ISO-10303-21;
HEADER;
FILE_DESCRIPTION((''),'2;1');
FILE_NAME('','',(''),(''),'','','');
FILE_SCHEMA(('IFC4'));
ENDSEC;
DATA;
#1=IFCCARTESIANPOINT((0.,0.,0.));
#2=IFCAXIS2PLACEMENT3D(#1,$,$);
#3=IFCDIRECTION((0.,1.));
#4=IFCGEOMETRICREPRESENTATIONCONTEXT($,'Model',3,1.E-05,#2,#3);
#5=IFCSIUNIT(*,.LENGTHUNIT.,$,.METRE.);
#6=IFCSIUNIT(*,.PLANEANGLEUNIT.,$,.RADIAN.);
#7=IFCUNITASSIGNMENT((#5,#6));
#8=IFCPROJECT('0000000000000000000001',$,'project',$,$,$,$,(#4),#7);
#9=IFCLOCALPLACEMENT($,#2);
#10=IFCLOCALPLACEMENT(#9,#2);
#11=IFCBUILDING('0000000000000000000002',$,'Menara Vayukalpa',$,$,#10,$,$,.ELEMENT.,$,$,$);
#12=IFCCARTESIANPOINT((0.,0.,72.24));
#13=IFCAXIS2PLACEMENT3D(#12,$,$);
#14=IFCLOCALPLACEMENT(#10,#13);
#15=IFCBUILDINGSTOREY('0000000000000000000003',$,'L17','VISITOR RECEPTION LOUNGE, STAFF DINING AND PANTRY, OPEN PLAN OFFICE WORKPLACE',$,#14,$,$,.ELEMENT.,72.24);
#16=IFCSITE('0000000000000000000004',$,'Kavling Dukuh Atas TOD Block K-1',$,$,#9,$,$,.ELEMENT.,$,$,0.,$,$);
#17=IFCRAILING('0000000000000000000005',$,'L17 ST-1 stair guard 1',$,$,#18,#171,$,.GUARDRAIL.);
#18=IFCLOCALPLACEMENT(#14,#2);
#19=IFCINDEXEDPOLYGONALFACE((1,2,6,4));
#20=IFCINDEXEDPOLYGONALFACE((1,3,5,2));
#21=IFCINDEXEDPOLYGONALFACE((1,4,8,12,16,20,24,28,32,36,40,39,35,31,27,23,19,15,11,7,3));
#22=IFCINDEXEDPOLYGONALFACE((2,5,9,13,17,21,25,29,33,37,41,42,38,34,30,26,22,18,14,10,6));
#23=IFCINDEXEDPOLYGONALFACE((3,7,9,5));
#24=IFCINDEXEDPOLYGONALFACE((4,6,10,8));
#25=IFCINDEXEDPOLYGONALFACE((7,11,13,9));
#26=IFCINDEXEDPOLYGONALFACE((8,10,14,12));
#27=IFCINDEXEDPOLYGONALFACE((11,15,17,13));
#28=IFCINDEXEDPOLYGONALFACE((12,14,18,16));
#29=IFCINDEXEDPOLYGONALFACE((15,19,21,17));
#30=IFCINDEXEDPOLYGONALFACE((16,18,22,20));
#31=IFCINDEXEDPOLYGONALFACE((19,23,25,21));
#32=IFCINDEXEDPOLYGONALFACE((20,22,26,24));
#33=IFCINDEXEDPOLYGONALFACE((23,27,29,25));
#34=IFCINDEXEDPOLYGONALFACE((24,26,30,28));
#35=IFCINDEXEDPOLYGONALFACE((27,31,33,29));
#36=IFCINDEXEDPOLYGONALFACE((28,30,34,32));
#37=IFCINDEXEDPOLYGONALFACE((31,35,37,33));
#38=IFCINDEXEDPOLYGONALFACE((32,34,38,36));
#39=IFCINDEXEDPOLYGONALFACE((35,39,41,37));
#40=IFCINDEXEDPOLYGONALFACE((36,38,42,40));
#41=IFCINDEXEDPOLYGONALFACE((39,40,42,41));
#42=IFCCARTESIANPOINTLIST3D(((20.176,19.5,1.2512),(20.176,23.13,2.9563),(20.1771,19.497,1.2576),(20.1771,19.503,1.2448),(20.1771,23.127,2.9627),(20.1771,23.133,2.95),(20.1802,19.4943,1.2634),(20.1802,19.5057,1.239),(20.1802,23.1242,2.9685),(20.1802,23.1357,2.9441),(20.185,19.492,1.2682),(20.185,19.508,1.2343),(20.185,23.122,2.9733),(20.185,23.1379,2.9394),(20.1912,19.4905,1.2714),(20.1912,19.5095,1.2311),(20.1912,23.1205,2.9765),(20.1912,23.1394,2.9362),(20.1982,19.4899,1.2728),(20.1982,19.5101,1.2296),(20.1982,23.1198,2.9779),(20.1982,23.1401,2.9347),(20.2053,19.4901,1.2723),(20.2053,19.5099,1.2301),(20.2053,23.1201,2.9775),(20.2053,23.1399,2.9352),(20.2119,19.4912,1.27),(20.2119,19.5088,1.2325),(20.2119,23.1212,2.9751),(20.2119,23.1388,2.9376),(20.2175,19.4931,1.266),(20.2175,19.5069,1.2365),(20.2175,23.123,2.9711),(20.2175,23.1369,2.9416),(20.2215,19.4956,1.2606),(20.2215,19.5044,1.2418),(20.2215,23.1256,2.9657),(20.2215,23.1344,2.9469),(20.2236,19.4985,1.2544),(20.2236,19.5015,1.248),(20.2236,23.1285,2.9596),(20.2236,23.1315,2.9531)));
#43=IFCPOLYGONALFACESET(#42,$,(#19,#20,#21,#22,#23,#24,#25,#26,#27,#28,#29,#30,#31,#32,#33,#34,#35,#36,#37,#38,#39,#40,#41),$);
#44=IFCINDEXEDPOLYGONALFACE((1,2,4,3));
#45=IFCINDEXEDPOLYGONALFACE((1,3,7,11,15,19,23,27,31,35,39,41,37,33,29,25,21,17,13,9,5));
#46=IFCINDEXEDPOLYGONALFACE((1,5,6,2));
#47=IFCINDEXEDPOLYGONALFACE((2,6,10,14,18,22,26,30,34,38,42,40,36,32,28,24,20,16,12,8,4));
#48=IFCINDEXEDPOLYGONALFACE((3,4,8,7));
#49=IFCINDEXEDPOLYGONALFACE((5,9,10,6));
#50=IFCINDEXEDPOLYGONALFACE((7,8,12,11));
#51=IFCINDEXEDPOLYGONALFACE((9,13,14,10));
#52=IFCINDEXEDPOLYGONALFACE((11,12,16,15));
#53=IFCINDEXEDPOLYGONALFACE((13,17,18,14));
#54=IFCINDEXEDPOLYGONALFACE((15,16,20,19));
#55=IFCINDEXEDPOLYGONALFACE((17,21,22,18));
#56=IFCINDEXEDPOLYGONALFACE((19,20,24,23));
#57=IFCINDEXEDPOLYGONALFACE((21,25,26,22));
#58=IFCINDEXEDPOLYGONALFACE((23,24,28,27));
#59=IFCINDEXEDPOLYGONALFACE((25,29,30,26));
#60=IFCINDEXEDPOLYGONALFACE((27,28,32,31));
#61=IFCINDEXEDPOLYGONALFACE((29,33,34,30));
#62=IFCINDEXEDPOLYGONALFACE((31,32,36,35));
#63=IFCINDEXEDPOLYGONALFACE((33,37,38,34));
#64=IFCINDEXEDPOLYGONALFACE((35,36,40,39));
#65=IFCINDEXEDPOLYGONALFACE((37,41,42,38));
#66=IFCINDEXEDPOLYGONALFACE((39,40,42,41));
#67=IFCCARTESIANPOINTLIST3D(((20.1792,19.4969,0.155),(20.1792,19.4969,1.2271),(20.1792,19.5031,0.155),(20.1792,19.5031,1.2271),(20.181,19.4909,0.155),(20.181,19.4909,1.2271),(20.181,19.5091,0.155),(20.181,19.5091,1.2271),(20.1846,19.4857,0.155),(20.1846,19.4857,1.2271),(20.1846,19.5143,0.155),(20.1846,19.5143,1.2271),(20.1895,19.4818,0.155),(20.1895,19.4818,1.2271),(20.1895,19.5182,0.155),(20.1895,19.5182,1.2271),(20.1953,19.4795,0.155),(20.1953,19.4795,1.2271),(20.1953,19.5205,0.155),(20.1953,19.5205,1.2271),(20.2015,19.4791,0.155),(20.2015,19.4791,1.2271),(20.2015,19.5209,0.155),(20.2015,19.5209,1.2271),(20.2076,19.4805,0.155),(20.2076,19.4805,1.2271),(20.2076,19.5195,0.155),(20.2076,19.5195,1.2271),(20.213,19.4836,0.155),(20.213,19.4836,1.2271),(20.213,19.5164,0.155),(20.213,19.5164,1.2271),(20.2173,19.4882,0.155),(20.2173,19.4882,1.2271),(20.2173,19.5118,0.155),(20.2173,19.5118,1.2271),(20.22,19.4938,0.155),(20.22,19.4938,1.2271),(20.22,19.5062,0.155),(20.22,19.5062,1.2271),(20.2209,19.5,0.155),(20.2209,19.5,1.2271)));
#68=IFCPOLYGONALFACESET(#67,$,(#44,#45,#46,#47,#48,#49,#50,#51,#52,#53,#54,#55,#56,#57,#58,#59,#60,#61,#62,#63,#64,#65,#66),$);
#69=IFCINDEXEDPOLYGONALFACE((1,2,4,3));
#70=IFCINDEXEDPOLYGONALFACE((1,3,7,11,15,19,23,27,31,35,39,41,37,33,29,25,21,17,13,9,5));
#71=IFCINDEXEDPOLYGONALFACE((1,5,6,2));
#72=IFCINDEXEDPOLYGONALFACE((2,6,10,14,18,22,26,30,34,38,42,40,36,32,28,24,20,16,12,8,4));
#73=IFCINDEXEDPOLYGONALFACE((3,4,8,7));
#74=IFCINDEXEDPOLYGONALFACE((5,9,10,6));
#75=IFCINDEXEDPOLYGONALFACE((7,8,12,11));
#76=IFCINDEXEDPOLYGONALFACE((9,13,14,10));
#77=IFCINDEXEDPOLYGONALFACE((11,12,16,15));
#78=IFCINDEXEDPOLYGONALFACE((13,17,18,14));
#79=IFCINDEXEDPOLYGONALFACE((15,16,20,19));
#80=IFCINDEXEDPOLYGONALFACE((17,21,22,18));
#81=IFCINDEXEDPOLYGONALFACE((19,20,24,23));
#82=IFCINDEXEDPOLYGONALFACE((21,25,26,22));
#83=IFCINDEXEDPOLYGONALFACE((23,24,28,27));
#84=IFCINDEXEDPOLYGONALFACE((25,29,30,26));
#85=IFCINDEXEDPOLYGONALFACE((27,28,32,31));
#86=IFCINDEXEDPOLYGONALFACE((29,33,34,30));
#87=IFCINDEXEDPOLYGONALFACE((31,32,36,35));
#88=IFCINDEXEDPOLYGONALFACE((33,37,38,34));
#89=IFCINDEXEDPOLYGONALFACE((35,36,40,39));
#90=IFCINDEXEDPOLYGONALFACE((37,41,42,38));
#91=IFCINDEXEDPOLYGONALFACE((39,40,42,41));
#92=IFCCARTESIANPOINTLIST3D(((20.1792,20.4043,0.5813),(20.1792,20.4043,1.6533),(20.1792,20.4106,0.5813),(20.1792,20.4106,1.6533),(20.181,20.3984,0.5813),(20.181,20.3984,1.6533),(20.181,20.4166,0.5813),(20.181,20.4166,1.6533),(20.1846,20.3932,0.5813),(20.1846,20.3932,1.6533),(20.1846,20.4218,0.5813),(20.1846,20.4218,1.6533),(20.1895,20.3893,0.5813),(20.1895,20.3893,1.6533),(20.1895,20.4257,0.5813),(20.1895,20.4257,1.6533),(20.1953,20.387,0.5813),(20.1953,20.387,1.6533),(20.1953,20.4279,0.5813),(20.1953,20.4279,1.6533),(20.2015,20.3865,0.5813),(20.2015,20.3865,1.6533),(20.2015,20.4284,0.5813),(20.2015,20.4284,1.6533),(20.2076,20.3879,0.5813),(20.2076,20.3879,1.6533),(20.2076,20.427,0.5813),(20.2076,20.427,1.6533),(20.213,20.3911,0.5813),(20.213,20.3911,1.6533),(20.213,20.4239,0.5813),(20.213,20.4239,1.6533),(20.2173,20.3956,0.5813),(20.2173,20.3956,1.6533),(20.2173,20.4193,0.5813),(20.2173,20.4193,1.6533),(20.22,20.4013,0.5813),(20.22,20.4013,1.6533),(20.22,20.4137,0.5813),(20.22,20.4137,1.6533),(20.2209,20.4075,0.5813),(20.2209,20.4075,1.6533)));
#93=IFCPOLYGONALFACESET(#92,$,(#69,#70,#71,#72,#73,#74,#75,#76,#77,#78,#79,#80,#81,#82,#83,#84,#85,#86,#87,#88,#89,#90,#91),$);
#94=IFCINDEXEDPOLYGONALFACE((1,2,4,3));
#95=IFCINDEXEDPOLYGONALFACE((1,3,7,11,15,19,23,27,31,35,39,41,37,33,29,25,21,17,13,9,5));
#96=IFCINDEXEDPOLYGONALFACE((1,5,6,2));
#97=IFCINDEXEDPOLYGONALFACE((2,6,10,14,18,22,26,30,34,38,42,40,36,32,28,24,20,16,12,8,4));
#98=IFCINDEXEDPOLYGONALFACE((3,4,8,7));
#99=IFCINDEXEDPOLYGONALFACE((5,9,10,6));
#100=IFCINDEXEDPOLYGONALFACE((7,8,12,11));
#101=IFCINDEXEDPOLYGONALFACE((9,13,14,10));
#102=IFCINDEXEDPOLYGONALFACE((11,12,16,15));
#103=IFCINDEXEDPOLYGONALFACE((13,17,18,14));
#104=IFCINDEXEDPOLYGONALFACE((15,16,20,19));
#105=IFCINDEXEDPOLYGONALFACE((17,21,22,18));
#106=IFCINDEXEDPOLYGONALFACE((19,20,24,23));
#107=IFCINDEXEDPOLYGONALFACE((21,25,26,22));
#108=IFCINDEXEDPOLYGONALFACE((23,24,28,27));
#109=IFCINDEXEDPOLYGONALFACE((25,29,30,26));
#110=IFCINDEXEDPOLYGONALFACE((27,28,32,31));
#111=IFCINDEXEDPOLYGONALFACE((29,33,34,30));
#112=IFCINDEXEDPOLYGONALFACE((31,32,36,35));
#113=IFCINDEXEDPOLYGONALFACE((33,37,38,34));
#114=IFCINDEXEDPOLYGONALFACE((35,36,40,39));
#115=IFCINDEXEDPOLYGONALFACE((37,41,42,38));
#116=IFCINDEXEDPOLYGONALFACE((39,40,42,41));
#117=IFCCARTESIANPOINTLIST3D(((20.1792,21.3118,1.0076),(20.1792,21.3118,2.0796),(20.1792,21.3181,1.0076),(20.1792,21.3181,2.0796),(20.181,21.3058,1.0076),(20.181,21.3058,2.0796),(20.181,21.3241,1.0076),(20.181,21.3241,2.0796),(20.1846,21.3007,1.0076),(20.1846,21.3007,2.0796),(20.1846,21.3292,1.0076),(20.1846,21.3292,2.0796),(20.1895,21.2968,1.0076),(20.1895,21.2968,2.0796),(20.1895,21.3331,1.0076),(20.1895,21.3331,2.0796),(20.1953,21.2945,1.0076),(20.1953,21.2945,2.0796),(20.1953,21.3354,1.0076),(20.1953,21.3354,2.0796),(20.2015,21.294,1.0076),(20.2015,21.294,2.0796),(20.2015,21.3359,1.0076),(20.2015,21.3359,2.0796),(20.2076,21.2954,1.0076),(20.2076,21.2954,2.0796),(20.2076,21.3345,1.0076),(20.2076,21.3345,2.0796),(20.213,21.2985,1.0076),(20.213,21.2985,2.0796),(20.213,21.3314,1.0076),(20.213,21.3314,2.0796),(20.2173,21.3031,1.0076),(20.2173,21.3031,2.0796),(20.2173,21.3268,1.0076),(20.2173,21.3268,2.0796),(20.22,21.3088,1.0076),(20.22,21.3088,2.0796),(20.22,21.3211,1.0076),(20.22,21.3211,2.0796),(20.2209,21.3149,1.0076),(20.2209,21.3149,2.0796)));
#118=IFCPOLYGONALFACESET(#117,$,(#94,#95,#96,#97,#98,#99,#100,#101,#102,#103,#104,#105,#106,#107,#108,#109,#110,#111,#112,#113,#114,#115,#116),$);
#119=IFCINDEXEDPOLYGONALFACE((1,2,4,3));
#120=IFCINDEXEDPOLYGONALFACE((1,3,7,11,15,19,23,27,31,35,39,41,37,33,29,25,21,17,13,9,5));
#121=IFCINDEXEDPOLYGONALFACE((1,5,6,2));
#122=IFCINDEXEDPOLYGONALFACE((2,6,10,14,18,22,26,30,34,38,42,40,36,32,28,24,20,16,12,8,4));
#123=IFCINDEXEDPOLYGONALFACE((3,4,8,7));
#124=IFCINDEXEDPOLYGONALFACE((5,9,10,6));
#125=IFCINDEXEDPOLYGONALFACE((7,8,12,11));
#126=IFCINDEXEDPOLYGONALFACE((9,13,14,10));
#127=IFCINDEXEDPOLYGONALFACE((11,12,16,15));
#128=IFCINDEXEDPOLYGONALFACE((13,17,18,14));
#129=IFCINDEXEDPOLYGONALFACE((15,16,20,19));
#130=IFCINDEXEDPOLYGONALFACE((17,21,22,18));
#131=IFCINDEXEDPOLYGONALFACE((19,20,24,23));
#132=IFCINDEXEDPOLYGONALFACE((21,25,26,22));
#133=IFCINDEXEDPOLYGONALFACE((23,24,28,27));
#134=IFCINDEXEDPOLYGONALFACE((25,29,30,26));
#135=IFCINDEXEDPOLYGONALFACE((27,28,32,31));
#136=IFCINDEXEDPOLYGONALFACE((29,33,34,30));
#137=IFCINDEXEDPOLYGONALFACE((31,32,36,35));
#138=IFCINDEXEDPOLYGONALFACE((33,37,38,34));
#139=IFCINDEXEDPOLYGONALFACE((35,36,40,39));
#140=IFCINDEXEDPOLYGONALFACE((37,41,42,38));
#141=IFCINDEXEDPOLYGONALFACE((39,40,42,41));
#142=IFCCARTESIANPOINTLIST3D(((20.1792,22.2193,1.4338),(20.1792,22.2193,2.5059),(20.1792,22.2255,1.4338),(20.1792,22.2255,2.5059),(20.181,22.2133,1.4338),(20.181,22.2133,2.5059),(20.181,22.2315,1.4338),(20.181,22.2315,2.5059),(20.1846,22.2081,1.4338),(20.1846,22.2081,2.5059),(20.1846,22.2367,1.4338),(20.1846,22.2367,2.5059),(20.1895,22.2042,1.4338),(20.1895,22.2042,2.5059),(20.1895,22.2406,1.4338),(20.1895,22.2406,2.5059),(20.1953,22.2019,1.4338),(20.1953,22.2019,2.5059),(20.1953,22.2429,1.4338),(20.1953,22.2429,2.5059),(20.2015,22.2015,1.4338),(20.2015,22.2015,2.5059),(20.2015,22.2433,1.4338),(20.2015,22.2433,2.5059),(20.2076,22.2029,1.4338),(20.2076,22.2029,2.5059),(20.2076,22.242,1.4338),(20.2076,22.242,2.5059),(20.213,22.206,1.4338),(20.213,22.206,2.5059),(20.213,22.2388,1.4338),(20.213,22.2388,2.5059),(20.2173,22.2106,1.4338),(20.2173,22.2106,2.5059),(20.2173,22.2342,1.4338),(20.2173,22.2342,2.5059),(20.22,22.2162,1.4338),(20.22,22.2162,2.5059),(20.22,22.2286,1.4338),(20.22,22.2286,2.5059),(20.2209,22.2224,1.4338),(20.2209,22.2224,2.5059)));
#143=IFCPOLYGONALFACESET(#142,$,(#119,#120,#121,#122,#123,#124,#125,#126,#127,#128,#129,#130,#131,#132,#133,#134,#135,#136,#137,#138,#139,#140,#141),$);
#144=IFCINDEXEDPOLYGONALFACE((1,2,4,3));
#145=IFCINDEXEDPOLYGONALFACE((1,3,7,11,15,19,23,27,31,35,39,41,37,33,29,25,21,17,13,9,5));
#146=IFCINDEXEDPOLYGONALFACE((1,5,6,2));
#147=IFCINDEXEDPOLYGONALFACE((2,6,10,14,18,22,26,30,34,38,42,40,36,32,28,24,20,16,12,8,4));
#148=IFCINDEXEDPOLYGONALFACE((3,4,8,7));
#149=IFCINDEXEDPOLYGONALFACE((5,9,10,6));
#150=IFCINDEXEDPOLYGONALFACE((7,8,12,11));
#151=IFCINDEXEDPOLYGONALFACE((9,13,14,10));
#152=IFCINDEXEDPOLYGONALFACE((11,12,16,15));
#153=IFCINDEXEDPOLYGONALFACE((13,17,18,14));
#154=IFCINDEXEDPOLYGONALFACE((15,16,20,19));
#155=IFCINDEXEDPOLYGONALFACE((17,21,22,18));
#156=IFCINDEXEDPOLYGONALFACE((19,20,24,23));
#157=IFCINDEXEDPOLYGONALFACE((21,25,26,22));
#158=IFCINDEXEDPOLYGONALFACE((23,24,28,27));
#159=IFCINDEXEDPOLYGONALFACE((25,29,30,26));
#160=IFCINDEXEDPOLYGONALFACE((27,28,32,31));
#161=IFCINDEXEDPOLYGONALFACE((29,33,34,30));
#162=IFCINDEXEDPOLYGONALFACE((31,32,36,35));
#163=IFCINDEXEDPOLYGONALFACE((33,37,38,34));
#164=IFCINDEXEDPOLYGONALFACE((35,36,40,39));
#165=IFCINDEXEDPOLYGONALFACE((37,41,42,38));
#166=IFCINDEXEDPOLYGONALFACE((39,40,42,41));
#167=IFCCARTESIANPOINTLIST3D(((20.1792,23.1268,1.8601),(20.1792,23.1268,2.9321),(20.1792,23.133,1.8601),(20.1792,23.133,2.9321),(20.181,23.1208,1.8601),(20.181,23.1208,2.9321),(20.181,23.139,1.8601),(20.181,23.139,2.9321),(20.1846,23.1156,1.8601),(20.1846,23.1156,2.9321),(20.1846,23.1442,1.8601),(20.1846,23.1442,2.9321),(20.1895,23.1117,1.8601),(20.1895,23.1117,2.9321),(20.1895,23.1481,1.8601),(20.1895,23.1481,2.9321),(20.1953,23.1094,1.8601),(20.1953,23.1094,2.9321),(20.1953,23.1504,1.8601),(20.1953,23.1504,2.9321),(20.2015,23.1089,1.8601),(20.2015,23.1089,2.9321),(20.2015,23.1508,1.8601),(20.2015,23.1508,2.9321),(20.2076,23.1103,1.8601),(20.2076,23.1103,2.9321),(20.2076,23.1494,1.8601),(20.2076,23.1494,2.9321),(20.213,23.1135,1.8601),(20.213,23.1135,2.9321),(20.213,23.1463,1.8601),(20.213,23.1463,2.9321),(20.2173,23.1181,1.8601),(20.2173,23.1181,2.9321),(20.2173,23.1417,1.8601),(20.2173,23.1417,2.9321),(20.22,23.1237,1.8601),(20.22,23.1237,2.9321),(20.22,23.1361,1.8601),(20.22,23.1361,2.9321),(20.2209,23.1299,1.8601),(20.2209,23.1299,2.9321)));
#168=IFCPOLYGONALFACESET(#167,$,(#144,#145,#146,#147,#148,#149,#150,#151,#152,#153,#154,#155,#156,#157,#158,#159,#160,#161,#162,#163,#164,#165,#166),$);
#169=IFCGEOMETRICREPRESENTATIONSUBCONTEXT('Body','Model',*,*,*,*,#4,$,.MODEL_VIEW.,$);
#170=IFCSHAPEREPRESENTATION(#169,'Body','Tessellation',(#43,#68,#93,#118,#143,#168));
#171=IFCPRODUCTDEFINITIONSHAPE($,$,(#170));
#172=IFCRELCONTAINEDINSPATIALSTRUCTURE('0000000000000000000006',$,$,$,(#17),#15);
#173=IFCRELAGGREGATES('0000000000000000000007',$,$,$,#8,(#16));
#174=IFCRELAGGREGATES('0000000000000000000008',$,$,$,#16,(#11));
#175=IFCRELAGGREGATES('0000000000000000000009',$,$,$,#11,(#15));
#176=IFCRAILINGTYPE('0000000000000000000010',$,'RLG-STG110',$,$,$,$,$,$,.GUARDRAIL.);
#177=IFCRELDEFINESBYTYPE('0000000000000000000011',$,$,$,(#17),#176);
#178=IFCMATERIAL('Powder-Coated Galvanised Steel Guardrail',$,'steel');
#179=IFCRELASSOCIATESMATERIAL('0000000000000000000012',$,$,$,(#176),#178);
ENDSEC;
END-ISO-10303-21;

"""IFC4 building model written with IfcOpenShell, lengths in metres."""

from ifc_helpers import new_model, si_unit, direction, frame, origin, origin_2d, place, context, subcontext, project, spatial, circle, extrude, material, type_object, element, save


model = new_model("IFC4")

# Units and contexts
model_context = context("Model", 3, precision=1e-05, world=origin(), true_north=direction((0.0, 1.0)))
body_context = subcontext(model_context, "Body", "Model", "MODEL_VIEW")
ifc_project = project(units=[si_unit("LENGTHUNIT", "METRE"), si_unit("PLANEANGLEUNIT", "RADIAN")], contexts=[model_context])

# Site, building, storey
site_placement = place(None, origin())
site = spatial("IfcSite", under=ifc_project, at=site_placement, Name="Kavling Dukuh Atas TOD Block K-1", CompositionType="ELEMENT", RefElevation=0.0)
building_placement = place(site_placement, origin())
building = spatial("IfcBuilding", under=site, at=building_placement, Name="Menara Vayukalpa", CompositionType="ELEMENT")
storey_placement = place(building_placement, frame((0.0, 0.0, 72.24)))
storey = spatial("IfcBuildingStorey", under=building, at=storey_placement, Name="L17", Description="VISITOR RECEPTION LOUNGE, STAFF DINING AND PANTRY, OPEN PLAN OFFICE WORKPLACE", CompositionType="ELEMENT", Elevation=72.24)

# Railing
ifc_material_1 = material(Name="Powder-Coated Galvanised Steel Guardrail", Category="steel")
railing_type_1 = type_object("IfcRailingType", Name="RLG-STG110", PredefinedType="GUARDRAIL", material=ifc_material_1)
railing_1_placement = place(storey_placement, frame((20.2, 19.5, 0.155)))
element("IfcRailing", 1, at=railing_1_placement, inside=storey, type_object=railing_type_1, Name="L17 ST-1 stair guard 1", PredefinedType="GUARDRAIL", context=body_context, shape_type="SweptSolid", body=[
    extrude(circle(Radius=0.0239, at=origin_2d()), frame((0.0, 0.0, 1.0962), z_axis=(0.0, 0.905116, 0.425164), x_axis=(-1.0, 0.0, 0.0)), (0.0, 0.0, 1.0), 4.0105),
    extrude(circle(Radius=0.021, at=origin_2d()), origin(), (0.0, 0.0, 1.0), 1.072),
    extrude(circle(Radius=0.021, at=origin_2d()), frame((0.0, 0.9075, 0.4263)), (0.0, 0.0, 1.0), 1.072),
    extrude(circle(Radius=0.021, at=origin_2d()), frame((0.0, 1.8149, 0.8525)), (0.0, 0.0, 1.0), 1.072),
    extrude(circle(Radius=0.021, at=origin_2d()), frame((0.0, 2.7224, 1.2788)), (0.0, 0.0, 1.0), 1.072),
    extrude(circle(Radius=0.021, at=origin_2d()), frame((0.0, 3.6299, 1.7051)), (0.0, 0.0, 1.0), 1.072),
])

save(model, "model.ifc")
